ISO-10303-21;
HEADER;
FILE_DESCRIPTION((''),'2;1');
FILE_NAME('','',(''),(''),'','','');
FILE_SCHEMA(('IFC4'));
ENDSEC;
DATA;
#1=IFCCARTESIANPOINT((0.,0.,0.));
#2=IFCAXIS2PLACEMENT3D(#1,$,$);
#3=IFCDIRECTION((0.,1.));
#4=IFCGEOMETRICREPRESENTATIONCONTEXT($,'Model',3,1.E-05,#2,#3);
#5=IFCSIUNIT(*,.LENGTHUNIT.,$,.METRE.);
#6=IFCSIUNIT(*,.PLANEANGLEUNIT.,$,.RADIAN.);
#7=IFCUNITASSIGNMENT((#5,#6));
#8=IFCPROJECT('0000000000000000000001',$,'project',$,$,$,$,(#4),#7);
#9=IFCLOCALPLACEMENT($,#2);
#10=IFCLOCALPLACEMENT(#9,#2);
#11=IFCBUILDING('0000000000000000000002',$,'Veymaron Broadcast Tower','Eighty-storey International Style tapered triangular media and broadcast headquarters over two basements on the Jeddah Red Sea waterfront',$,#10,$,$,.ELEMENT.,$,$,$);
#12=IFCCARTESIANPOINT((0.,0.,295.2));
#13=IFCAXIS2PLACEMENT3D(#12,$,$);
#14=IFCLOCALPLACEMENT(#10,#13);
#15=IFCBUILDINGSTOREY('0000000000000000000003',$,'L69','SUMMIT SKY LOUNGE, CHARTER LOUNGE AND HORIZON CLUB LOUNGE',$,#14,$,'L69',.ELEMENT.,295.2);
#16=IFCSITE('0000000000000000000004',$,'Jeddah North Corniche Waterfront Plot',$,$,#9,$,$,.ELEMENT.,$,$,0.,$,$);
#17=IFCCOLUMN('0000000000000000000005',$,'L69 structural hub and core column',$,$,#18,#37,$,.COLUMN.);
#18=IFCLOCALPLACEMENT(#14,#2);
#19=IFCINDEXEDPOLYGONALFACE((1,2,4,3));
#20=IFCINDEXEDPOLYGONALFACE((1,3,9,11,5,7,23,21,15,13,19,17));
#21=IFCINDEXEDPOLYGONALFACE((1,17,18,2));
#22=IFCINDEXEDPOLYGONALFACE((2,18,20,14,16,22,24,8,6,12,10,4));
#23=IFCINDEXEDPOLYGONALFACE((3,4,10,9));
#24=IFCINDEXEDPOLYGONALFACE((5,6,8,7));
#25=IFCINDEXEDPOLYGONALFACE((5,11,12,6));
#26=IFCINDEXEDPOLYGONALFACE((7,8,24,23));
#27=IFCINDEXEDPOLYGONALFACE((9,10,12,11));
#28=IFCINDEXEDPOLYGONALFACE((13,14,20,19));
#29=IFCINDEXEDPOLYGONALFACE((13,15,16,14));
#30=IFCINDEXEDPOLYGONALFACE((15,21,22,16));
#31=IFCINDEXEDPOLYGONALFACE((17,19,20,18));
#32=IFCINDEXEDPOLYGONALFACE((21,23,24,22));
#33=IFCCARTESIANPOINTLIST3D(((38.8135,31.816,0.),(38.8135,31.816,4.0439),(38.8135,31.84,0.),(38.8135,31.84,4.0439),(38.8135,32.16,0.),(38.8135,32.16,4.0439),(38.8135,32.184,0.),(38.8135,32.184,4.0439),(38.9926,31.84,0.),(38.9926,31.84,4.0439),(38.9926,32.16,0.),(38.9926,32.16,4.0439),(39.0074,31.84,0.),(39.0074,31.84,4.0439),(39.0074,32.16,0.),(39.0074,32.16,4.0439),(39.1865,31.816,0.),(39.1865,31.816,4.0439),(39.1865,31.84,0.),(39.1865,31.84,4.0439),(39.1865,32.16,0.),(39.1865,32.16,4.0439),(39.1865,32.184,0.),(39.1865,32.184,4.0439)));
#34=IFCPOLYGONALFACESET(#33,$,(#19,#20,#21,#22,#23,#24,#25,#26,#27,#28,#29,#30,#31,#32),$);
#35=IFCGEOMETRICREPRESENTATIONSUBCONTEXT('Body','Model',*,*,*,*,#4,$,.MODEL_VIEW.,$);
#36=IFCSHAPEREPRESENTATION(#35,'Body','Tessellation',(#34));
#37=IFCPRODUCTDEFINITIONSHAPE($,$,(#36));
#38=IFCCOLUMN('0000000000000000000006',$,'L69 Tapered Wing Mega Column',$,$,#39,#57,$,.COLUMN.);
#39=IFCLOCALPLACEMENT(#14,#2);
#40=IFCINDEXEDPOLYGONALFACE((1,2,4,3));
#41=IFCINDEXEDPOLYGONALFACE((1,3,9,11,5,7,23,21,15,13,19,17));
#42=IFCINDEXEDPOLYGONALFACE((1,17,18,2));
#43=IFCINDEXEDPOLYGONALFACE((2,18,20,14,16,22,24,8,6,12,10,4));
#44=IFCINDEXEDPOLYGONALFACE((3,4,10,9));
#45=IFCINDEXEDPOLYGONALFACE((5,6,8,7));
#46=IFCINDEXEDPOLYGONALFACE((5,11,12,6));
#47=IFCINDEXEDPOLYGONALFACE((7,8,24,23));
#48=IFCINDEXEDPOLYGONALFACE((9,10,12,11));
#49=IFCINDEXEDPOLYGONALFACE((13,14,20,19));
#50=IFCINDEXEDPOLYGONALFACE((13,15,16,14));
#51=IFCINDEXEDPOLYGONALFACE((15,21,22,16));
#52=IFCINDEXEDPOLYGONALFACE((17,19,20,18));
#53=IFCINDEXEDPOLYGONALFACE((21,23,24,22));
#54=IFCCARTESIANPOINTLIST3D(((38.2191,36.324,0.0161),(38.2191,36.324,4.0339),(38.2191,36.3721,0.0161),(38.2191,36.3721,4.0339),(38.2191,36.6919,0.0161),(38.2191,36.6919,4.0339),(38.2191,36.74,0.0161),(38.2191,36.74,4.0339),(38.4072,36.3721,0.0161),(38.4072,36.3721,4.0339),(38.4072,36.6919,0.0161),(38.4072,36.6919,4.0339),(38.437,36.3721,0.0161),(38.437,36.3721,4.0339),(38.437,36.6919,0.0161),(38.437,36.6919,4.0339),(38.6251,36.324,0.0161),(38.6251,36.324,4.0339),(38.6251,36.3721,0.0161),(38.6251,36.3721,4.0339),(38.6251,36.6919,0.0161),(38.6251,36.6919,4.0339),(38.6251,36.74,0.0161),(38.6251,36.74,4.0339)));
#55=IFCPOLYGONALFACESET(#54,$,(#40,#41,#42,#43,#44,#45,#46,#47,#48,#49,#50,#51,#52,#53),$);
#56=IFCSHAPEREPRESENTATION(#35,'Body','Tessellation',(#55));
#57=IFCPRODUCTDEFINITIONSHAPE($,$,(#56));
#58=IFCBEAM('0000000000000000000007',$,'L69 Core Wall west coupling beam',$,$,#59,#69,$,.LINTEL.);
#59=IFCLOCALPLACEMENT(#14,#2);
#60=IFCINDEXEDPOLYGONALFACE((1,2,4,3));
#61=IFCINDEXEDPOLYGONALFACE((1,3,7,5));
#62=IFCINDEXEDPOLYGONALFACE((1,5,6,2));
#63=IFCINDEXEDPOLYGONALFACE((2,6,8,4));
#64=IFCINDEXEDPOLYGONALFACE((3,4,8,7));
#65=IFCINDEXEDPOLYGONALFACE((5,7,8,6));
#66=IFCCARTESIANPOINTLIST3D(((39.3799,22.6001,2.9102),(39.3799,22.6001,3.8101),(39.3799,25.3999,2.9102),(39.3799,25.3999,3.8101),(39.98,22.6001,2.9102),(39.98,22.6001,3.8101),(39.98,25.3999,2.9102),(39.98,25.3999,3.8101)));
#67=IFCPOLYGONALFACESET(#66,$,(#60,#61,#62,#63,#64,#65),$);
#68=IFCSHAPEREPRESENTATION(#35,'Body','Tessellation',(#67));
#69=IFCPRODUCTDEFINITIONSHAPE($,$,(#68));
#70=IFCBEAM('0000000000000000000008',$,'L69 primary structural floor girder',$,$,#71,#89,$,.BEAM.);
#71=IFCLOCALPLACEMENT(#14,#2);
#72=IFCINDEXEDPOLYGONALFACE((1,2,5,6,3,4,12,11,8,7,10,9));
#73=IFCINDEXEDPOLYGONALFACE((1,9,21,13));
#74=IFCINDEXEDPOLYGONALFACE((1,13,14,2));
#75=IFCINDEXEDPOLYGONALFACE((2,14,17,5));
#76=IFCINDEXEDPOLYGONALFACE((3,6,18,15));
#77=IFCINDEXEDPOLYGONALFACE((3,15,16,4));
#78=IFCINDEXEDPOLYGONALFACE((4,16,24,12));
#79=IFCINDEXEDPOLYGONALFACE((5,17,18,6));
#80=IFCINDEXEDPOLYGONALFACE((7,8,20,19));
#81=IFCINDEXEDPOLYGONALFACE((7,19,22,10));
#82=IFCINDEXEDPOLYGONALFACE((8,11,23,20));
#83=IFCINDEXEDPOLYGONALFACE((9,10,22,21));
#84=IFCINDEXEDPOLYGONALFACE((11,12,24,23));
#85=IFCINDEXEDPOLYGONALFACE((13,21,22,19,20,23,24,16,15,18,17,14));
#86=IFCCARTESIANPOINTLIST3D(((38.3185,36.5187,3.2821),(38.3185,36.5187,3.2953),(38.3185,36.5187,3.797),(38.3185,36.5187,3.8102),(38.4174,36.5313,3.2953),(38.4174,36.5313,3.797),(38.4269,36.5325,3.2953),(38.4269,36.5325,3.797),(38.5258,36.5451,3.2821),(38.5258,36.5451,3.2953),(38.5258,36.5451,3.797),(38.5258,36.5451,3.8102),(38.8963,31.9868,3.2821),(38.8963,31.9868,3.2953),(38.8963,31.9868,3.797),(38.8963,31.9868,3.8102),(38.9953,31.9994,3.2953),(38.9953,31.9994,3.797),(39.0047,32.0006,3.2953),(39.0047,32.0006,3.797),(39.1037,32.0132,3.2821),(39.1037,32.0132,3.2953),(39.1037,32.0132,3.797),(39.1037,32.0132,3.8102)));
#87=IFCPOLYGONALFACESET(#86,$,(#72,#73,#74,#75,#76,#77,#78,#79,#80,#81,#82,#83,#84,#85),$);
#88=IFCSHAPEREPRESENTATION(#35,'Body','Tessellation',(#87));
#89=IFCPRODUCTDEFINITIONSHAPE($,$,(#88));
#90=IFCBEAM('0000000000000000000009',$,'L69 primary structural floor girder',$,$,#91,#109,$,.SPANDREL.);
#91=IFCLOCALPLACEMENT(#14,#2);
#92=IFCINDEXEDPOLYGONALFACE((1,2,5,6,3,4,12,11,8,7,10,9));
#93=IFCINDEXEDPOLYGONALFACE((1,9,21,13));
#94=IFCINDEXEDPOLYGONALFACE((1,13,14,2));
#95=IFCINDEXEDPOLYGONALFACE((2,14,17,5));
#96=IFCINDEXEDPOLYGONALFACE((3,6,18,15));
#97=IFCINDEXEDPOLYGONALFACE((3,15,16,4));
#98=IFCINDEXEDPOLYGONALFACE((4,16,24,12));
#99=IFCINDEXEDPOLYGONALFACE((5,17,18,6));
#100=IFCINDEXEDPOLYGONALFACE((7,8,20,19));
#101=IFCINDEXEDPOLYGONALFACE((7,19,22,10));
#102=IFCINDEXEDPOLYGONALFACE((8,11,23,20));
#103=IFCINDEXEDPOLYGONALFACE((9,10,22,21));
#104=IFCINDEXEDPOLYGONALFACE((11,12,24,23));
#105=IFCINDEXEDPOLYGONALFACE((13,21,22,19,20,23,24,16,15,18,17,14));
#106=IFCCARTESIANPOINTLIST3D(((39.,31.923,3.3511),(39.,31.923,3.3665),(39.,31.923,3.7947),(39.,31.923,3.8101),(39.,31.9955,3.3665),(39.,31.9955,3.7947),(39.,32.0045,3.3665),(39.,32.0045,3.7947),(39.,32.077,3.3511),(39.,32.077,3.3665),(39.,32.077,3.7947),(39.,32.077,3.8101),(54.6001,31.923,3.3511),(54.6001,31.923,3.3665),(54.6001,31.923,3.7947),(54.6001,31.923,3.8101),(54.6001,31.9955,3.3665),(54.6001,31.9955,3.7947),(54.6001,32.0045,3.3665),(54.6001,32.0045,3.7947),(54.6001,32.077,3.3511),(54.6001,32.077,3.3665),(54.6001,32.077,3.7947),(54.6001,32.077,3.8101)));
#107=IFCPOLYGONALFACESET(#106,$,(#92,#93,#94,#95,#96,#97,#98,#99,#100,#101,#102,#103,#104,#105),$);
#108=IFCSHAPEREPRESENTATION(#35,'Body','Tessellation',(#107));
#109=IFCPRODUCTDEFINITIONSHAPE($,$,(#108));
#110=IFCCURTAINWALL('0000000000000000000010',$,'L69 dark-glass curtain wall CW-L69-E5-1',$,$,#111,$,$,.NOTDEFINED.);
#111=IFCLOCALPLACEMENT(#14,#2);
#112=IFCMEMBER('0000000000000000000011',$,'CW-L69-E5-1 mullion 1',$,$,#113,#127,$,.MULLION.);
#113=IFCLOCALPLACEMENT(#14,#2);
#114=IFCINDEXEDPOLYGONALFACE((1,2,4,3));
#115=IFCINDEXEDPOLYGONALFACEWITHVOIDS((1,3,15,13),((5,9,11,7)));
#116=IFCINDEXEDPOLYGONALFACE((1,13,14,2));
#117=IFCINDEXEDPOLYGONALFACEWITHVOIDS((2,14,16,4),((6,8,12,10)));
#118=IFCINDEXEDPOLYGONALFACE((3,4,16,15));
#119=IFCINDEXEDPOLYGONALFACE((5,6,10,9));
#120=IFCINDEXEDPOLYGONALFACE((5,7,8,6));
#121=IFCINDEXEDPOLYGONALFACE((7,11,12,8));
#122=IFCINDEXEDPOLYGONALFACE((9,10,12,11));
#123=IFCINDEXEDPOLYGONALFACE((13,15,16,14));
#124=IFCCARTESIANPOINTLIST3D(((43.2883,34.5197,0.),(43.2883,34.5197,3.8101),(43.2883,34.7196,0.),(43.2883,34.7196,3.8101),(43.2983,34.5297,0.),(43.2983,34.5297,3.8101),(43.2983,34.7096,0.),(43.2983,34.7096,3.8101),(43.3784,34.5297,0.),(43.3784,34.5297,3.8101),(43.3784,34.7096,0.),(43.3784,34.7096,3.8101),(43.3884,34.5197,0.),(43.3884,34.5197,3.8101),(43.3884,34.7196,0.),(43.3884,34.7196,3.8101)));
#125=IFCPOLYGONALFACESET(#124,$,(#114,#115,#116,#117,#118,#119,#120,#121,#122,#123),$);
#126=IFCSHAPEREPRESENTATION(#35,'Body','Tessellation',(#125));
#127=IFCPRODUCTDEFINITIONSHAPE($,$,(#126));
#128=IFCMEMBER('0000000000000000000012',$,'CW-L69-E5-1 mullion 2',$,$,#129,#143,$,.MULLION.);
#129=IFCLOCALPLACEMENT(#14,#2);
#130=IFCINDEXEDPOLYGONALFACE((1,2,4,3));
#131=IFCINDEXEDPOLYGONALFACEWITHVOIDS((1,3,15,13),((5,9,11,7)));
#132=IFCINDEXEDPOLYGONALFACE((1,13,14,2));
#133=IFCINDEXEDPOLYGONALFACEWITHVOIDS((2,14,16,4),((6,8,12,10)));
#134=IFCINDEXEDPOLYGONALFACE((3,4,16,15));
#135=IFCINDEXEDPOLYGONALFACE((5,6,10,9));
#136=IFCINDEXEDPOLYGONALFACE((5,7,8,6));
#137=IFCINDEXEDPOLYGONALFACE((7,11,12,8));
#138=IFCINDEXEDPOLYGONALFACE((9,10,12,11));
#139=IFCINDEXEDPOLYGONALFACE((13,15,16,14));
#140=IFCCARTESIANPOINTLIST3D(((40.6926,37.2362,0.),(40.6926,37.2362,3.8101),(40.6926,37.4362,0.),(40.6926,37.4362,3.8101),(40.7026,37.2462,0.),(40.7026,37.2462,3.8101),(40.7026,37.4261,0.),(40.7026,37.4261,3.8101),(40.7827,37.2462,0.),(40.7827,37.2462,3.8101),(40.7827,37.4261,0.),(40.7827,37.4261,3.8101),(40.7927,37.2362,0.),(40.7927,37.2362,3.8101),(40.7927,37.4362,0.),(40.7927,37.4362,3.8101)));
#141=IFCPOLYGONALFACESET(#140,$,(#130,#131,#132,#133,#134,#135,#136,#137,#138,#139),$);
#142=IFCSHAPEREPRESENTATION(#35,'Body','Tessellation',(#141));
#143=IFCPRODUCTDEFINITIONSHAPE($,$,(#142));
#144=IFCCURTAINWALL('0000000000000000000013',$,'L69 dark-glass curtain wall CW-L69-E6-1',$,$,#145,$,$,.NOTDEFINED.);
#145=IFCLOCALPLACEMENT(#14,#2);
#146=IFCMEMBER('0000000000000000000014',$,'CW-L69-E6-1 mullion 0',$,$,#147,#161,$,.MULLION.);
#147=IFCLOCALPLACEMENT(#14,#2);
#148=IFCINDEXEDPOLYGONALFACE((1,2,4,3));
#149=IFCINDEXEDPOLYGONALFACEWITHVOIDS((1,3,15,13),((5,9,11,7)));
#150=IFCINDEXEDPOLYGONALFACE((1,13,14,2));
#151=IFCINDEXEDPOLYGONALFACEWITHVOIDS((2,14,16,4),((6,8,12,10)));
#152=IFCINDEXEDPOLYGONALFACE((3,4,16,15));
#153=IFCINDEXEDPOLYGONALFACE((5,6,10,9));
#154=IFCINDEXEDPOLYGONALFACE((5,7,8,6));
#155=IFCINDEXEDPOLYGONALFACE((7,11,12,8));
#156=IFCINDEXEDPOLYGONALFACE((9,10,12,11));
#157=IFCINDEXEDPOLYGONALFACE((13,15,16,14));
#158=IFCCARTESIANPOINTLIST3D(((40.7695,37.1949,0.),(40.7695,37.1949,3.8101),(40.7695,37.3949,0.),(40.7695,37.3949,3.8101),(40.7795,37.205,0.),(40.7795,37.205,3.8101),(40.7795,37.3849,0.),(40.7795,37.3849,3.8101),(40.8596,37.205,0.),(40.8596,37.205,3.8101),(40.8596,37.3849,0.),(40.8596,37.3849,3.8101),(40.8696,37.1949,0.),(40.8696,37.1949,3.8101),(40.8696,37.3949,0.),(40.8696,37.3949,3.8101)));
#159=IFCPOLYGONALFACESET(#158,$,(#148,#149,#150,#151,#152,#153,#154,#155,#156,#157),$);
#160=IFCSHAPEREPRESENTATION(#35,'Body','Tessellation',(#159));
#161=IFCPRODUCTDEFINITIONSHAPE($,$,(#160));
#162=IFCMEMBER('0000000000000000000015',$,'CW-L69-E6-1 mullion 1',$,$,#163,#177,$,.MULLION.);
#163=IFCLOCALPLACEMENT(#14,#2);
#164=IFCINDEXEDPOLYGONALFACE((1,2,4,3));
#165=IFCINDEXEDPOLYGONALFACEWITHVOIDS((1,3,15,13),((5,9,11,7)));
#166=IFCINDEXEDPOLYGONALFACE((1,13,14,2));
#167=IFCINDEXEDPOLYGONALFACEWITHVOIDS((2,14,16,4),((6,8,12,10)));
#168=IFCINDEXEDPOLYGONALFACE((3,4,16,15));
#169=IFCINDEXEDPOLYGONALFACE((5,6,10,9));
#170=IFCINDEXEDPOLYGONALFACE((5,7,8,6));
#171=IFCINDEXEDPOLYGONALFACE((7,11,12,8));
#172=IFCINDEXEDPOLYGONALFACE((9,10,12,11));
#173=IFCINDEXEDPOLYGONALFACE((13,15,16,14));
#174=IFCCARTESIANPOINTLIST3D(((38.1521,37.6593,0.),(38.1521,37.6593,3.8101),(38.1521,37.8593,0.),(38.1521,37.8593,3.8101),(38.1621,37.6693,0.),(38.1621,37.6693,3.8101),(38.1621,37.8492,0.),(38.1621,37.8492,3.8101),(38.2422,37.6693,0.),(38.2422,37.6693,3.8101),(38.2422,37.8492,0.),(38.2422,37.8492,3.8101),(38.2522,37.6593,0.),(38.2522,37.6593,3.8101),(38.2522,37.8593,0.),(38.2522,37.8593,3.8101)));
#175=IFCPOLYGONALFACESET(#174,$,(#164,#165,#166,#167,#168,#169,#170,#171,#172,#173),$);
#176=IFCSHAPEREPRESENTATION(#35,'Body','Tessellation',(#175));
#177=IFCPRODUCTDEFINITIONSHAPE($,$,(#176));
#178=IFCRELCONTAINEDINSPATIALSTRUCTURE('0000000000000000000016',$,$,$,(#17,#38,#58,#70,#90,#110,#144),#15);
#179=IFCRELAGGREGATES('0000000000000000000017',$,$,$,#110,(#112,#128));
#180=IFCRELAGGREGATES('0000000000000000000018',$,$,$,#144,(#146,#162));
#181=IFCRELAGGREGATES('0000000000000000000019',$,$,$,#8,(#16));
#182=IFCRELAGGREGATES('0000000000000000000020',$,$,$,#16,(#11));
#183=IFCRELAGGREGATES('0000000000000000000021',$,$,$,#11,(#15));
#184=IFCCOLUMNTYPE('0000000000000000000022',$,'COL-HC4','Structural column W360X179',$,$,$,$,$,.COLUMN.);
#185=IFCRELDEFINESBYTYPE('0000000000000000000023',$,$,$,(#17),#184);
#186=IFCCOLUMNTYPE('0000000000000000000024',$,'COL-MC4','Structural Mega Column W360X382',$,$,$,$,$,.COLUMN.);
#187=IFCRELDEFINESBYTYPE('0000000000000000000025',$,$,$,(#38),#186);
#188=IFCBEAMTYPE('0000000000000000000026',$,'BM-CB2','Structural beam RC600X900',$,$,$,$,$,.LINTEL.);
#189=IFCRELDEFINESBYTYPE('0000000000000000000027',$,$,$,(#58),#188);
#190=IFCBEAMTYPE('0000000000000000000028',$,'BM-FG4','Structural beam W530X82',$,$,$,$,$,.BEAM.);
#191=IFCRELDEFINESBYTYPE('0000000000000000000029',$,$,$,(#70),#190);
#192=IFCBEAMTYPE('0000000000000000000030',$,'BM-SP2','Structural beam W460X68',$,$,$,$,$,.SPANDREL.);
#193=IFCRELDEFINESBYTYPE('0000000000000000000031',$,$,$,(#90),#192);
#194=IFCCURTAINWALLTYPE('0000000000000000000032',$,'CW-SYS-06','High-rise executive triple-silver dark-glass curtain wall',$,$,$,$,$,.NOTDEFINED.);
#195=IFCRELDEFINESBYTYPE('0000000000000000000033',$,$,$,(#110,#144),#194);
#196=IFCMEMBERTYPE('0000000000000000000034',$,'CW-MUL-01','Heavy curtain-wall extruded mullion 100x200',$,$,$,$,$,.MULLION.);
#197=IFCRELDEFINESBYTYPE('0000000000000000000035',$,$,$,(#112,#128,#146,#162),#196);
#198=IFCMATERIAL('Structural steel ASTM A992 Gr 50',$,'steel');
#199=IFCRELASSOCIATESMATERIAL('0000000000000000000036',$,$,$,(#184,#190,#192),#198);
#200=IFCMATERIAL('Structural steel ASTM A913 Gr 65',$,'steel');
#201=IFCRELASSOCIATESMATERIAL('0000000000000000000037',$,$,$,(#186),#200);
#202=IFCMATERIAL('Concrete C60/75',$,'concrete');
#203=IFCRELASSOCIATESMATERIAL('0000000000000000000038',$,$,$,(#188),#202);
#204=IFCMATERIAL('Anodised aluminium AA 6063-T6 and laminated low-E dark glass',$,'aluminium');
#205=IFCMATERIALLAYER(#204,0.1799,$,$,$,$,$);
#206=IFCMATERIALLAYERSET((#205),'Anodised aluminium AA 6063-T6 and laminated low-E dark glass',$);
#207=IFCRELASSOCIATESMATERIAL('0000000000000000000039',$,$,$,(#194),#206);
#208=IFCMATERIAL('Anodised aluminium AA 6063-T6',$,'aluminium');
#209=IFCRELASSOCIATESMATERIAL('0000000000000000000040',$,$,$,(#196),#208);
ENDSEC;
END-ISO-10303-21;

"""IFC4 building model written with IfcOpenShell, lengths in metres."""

from ifc_helpers import new_model, si_unit, direction, frame, origin, origin_2d, place, context, subcontext, project, spatial, rectangle, hollow_rectangle, i_section, extrude, material, layer, layer_set, material_profile, profile_set, type_object, element, aggregate, save


model = new_model("IFC4")

# Units and contexts
model_context = context("Model", 3, precision=1e-05, world=origin(), true_north=direction((0.0, 1.0)))
body_context = subcontext(model_context, "Body", "Model", "MODEL_VIEW")
ifc_project = project(units=[si_unit("LENGTHUNIT", "METRE"), si_unit("PLANEANGLEUNIT", "RADIAN")], contexts=[model_context])

# Site, building, storey
site_placement = place(None, origin())
site = spatial("IfcSite", under=ifc_project, at=site_placement, Name="Jeddah North Corniche Waterfront Plot", CompositionType="ELEMENT", RefElevation=0.0)
building_placement = place(site_placement, origin())
building = spatial("IfcBuilding", under=site, at=building_placement, Name="Veymaron Broadcast Tower", Description="Eighty-storey International Style tapered triangular media and broadcast headquarters over two basements on the Jeddah Red Sea waterfront", CompositionType="ELEMENT")
storey_placement = place(building_placement, frame((0.0, 0.0, 295.2)))
storey = spatial("IfcBuildingStorey", under=building, at=storey_placement, Name="L69", Description="SUMMIT SKY LOUNGE, CHARTER LOUNGE AND HORIZON CLUB LOUNGE", LongName="L69", CompositionType="ELEMENT", Elevation=295.2)

# Columns
ifc_material_1 = material(Name="Structural steel ASTM A992 Gr 50", Category="steel")
ifc_material_profile_1 = material_profile(ifc_material_1, i_section(OverallWidth=0.373, OverallDepth=0.3679, WebThickness=0.0149, FlangeThickness=0.0239, at=origin_2d()), Name="W360X179")
ifc_profile_set_1 = profile_set([ifc_material_profile_1], Name="Structural steel ASTM A992 Gr 50")
column_type_1 = type_object("IfcColumnType", Name="COL-HC4", Description="Structural column W360X179", PredefinedType="COLUMN", material=ifc_profile_set_1)
column_1_placement = place(storey_placement, frame((39.0, 32.0, 0.0), z_axis=(0.0, 0.0, 1.0), x_axis=(1.0, 0.0, 0.0)))
element("IfcColumn", 1, at=column_1_placement, inside=storey, type_object=column_type_1, Name="L69 structural hub and core column", PredefinedType="COLUMN", context=body_context, shape_type="SweptSolid", body=[
    extrude(i_section(OverallWidth=0.373, OverallDepth=0.3679, WebThickness=0.0149, FlangeThickness=0.0239, at=origin_2d()), origin(), (0.0, 0.0, 1.0), 4.0439),
])
ifc_material_2 = material(Name="Structural steel ASTM A913 Gr 65", Category="steel")
ifc_material_profile_2 = material_profile(ifc_material_2, i_section(OverallWidth=0.406, OverallDepth=0.416, WebThickness=0.0298, FlangeThickness=0.0481, at=origin_2d()), Name="W360X382")
ifc_profile_set_2 = profile_set([ifc_material_profile_2], Name="Structural steel ASTM A913 Gr 65")
column_type_2 = type_object("IfcColumnType", Name="COL-MC4", Description="Structural Mega Column W360X382", PredefinedType="COLUMN", material=ifc_profile_set_2)
column_2_placement = place(storey_placement, frame((38.4221, 36.532, 0.0161), z_axis=(0.0, 0.0, 1.0), x_axis=(1.0, 0.0, 0.0)))
element("IfcColumn", 2, at=column_2_placement, inside=storey, type_object=column_type_2, Name="L69 Tapered Wing Mega Column", PredefinedType="COLUMN", context=body_context, shape_type="SweptSolid", body=[
    extrude(i_section(OverallWidth=0.406, OverallDepth=0.416, WebThickness=0.0298, FlangeThickness=0.0481, at=origin_2d()), origin(), (0.0, 0.0, 1.0), 4.0178),
])

# Beams
ifc_material_3 = material(Name="Concrete C60/75", Category="concrete")
ifc_material_profile_3 = material_profile(ifc_material_3, rectangle(XDim=0.6001, YDim=0.8999, at=origin_2d()), Name="RC600X900")
ifc_profile_set_3 = profile_set([ifc_material_profile_3], Name="Concrete C60/75")
beam_type_1 = type_object("IfcBeamType", Name="BM-CB2", Description="Structural beam RC600X900", PredefinedType="LINTEL", material=ifc_profile_set_3)
beam_1_placement = place(storey_placement, frame((39.6799, 22.6001, 3.3601), z_axis=(0.0, 1.0, 0.0), x_axis=(-1.0, 0.0, 0.0)))
element("IfcBeam", 3, at=beam_1_placement, inside=storey, type_object=beam_type_1, Name="L69 Core Wall west coupling beam", PredefinedType="LINTEL", context=body_context, shape_type="SweptSolid", body=[
    extrude(rectangle(XDim=0.6001, YDim=0.8999, at=origin_2d()), origin(), (0.0, 0.0, 1.0), 2.7998),
])
ifc_material_profile_4 = material_profile(ifc_material_1, i_section(OverallWidth=0.209, OverallDepth=0.5281, WebThickness=0.0095, FlangeThickness=0.0132, at=origin_2d()), Name="W530X82")
ifc_profile_set_4 = profile_set([ifc_material_profile_4], Name="Structural steel ASTM A992 Gr 50")
beam_type_2 = type_object("IfcBeamType", Name="BM-FG4", Description="Structural beam W530X82", PredefinedType="BEAM", material=ifc_profile_set_4)
beam_2_placement = place(storey_placement, frame((39.0, 32.0, 3.5461), z_axis=(-0.126488, 0.991968, 0.0), x_axis=(-0.991968, -0.126488, 0.0)))
element("IfcBeam", 4, at=beam_2_placement, inside=storey, type_object=beam_type_2, Name="L69 primary structural floor girder", PredefinedType="BEAM", context=body_context, shape_type="SweptSolid", body=[
    extrude(i_section(OverallWidth=0.209, OverallDepth=0.5281, WebThickness=0.0095, FlangeThickness=0.0132, at=origin_2d()), origin(), (0.0, 0.0, 1.0), 4.5686),
])
ifc_material_profile_5 = material_profile(ifc_material_1, i_section(OverallWidth=0.1541, OverallDepth=0.459, WebThickness=0.009, FlangeThickness=0.0154, at=origin_2d()), Name="W460X68")
ifc_profile_set_5 = profile_set([ifc_material_profile_5], Name="Structural steel ASTM A992 Gr 50")
beam_type_3 = type_object("IfcBeamType", Name="BM-SP2", Description="Structural beam W460X68", PredefinedType="SPANDREL", material=ifc_profile_set_5)
beam_3_placement = place(storey_placement, frame((39.0, 32.0, 3.5806), z_axis=(1.0, 0.0, 0.0), x_axis=(0.0, 1.0, 0.0)))
element("IfcBeam", 5, at=beam_3_placement, inside=storey, type_object=beam_type_3, Name="L69 primary structural floor girder", PredefinedType="SPANDREL", context=body_context, shape_type="SweptSolid", body=[
    extrude(i_section(OverallWidth=0.1541, OverallDepth=0.459, WebThickness=0.009, FlangeThickness=0.0154, at=origin_2d()), origin(), (0.0, 0.0, 1.0), 15.6001),
])

# Curtain walls, members
ifc_material_4 = material(Name="Anodised aluminium AA 6063-T6 and laminated low-E dark glass", Category="aluminium")
ifc_layer_1 = layer(ifc_material_4, 0.1799)
ifc_layer_set_1 = layer_set([ifc_layer_1], Name="Anodised aluminium AA 6063-T6 and laminated low-E dark glass")
curtain_wall_type = type_object("IfcCurtainWallType", Name="CW-SYS-06", Description="High-rise executive triple-silver dark-glass curtain wall", PredefinedType="NOTDEFINED", material=ifc_layer_set_1)
curtain_wall_1_placement = place(storey_placement, origin())
curtain_wall_1 = element("IfcCurtainWall", 6, at=curtain_wall_1_placement, inside=storey, type_object=curtain_wall_type, Name="L69 dark-glass curtain wall CW-L69-E5-1", PredefinedType="NOTDEFINED")
ifc_material_5 = material(Name="Anodised aluminium AA 6063-T6", Category="aluminium")
ifc_material_profile_6 = material_profile(ifc_material_5, hollow_rectangle(XDim=0.1001, YDim=0.2, WallThickness=0.01, at=origin_2d()), Name="RHS200X100X10")
ifc_profile_set_6 = profile_set([ifc_material_profile_6], Name="Anodised aluminium AA 6063-T6")
member_type_1 = type_object("IfcMemberType", Name="CW-MUL-01", Description="Heavy curtain-wall extruded mullion 100x200", PredefinedType="MULLION", material=ifc_profile_set_6)
member_1_placement = place(storey_placement, frame((43.3384, 34.6196, 0.0), z_axis=(0.0, 0.0, 1.0), x_axis=(1.0, 0.0, 0.0)))
member_1 = element("IfcMember", 7, at=member_1_placement, type_object=member_type_1, Name="CW-L69-E5-1 mullion 1", PredefinedType="MULLION", context=body_context, shape_type="SweptSolid", body=[
    extrude(hollow_rectangle(XDim=0.1001, YDim=0.2, WallThickness=0.01, at=origin_2d()), origin(), (0.0, 0.0, 1.0), 3.8101),
])
member_2_placement = place(storey_placement, frame((40.7427, 37.3362, 0.0), z_axis=(0.0, 0.0, 1.0), x_axis=(1.0, 0.0, 0.0)))
member_2 = element("IfcMember", 8, at=member_2_placement, type_object=member_type_1, Name="CW-L69-E5-1 mullion 2", PredefinedType="MULLION", context=body_context, shape_type="SweptSolid", body=[
    extrude(hollow_rectangle(XDim=0.1001, YDim=0.2, WallThickness=0.01, at=origin_2d()), origin(), (0.0, 0.0, 1.0), 3.8101),
])
curtain_wall_2_placement = place(storey_placement, origin())
curtain_wall_2 = element("IfcCurtainWall", 9, at=curtain_wall_2_placement, inside=storey, type_object=curtain_wall_type, Name="L69 dark-glass curtain wall CW-L69-E6-1", PredefinedType="NOTDEFINED")
member_3_placement = place(storey_placement, frame((40.8196, 37.2949, 0.0), z_axis=(0.0, 0.0, 1.0), x_axis=(1.0, 0.0, 0.0)))
member_3 = element("IfcMember", 10, at=member_3_placement, type_object=member_type_1, Name="CW-L69-E6-1 mullion 0", PredefinedType="MULLION", context=body_context, shape_type="SweptSolid", body=[
    extrude(hollow_rectangle(XDim=0.1001, YDim=0.2, WallThickness=0.01, at=origin_2d()), origin(), (0.0, 0.0, 1.0), 3.8101),
])
member_4_placement = place(storey_placement, frame((38.2021, 37.7593, 0.0), z_axis=(0.0, 0.0, 1.0), x_axis=(1.0, 0.0, 0.0)))
member_4 = element("IfcMember", 11, at=member_4_placement, type_object=member_type_1, Name="CW-L69-E6-1 mullion 1", PredefinedType="MULLION", context=body_context, shape_type="SweptSolid", body=[
    extrude(hollow_rectangle(XDim=0.1001, YDim=0.2, WallThickness=0.01, at=origin_2d()), origin(), (0.0, 0.0, 1.0), 3.8101),
])

aggregate(curtain_wall_1, [member_1, member_2])
aggregate(curtain_wall_2, [member_3, member_4])

save(model, "model.ifc")
